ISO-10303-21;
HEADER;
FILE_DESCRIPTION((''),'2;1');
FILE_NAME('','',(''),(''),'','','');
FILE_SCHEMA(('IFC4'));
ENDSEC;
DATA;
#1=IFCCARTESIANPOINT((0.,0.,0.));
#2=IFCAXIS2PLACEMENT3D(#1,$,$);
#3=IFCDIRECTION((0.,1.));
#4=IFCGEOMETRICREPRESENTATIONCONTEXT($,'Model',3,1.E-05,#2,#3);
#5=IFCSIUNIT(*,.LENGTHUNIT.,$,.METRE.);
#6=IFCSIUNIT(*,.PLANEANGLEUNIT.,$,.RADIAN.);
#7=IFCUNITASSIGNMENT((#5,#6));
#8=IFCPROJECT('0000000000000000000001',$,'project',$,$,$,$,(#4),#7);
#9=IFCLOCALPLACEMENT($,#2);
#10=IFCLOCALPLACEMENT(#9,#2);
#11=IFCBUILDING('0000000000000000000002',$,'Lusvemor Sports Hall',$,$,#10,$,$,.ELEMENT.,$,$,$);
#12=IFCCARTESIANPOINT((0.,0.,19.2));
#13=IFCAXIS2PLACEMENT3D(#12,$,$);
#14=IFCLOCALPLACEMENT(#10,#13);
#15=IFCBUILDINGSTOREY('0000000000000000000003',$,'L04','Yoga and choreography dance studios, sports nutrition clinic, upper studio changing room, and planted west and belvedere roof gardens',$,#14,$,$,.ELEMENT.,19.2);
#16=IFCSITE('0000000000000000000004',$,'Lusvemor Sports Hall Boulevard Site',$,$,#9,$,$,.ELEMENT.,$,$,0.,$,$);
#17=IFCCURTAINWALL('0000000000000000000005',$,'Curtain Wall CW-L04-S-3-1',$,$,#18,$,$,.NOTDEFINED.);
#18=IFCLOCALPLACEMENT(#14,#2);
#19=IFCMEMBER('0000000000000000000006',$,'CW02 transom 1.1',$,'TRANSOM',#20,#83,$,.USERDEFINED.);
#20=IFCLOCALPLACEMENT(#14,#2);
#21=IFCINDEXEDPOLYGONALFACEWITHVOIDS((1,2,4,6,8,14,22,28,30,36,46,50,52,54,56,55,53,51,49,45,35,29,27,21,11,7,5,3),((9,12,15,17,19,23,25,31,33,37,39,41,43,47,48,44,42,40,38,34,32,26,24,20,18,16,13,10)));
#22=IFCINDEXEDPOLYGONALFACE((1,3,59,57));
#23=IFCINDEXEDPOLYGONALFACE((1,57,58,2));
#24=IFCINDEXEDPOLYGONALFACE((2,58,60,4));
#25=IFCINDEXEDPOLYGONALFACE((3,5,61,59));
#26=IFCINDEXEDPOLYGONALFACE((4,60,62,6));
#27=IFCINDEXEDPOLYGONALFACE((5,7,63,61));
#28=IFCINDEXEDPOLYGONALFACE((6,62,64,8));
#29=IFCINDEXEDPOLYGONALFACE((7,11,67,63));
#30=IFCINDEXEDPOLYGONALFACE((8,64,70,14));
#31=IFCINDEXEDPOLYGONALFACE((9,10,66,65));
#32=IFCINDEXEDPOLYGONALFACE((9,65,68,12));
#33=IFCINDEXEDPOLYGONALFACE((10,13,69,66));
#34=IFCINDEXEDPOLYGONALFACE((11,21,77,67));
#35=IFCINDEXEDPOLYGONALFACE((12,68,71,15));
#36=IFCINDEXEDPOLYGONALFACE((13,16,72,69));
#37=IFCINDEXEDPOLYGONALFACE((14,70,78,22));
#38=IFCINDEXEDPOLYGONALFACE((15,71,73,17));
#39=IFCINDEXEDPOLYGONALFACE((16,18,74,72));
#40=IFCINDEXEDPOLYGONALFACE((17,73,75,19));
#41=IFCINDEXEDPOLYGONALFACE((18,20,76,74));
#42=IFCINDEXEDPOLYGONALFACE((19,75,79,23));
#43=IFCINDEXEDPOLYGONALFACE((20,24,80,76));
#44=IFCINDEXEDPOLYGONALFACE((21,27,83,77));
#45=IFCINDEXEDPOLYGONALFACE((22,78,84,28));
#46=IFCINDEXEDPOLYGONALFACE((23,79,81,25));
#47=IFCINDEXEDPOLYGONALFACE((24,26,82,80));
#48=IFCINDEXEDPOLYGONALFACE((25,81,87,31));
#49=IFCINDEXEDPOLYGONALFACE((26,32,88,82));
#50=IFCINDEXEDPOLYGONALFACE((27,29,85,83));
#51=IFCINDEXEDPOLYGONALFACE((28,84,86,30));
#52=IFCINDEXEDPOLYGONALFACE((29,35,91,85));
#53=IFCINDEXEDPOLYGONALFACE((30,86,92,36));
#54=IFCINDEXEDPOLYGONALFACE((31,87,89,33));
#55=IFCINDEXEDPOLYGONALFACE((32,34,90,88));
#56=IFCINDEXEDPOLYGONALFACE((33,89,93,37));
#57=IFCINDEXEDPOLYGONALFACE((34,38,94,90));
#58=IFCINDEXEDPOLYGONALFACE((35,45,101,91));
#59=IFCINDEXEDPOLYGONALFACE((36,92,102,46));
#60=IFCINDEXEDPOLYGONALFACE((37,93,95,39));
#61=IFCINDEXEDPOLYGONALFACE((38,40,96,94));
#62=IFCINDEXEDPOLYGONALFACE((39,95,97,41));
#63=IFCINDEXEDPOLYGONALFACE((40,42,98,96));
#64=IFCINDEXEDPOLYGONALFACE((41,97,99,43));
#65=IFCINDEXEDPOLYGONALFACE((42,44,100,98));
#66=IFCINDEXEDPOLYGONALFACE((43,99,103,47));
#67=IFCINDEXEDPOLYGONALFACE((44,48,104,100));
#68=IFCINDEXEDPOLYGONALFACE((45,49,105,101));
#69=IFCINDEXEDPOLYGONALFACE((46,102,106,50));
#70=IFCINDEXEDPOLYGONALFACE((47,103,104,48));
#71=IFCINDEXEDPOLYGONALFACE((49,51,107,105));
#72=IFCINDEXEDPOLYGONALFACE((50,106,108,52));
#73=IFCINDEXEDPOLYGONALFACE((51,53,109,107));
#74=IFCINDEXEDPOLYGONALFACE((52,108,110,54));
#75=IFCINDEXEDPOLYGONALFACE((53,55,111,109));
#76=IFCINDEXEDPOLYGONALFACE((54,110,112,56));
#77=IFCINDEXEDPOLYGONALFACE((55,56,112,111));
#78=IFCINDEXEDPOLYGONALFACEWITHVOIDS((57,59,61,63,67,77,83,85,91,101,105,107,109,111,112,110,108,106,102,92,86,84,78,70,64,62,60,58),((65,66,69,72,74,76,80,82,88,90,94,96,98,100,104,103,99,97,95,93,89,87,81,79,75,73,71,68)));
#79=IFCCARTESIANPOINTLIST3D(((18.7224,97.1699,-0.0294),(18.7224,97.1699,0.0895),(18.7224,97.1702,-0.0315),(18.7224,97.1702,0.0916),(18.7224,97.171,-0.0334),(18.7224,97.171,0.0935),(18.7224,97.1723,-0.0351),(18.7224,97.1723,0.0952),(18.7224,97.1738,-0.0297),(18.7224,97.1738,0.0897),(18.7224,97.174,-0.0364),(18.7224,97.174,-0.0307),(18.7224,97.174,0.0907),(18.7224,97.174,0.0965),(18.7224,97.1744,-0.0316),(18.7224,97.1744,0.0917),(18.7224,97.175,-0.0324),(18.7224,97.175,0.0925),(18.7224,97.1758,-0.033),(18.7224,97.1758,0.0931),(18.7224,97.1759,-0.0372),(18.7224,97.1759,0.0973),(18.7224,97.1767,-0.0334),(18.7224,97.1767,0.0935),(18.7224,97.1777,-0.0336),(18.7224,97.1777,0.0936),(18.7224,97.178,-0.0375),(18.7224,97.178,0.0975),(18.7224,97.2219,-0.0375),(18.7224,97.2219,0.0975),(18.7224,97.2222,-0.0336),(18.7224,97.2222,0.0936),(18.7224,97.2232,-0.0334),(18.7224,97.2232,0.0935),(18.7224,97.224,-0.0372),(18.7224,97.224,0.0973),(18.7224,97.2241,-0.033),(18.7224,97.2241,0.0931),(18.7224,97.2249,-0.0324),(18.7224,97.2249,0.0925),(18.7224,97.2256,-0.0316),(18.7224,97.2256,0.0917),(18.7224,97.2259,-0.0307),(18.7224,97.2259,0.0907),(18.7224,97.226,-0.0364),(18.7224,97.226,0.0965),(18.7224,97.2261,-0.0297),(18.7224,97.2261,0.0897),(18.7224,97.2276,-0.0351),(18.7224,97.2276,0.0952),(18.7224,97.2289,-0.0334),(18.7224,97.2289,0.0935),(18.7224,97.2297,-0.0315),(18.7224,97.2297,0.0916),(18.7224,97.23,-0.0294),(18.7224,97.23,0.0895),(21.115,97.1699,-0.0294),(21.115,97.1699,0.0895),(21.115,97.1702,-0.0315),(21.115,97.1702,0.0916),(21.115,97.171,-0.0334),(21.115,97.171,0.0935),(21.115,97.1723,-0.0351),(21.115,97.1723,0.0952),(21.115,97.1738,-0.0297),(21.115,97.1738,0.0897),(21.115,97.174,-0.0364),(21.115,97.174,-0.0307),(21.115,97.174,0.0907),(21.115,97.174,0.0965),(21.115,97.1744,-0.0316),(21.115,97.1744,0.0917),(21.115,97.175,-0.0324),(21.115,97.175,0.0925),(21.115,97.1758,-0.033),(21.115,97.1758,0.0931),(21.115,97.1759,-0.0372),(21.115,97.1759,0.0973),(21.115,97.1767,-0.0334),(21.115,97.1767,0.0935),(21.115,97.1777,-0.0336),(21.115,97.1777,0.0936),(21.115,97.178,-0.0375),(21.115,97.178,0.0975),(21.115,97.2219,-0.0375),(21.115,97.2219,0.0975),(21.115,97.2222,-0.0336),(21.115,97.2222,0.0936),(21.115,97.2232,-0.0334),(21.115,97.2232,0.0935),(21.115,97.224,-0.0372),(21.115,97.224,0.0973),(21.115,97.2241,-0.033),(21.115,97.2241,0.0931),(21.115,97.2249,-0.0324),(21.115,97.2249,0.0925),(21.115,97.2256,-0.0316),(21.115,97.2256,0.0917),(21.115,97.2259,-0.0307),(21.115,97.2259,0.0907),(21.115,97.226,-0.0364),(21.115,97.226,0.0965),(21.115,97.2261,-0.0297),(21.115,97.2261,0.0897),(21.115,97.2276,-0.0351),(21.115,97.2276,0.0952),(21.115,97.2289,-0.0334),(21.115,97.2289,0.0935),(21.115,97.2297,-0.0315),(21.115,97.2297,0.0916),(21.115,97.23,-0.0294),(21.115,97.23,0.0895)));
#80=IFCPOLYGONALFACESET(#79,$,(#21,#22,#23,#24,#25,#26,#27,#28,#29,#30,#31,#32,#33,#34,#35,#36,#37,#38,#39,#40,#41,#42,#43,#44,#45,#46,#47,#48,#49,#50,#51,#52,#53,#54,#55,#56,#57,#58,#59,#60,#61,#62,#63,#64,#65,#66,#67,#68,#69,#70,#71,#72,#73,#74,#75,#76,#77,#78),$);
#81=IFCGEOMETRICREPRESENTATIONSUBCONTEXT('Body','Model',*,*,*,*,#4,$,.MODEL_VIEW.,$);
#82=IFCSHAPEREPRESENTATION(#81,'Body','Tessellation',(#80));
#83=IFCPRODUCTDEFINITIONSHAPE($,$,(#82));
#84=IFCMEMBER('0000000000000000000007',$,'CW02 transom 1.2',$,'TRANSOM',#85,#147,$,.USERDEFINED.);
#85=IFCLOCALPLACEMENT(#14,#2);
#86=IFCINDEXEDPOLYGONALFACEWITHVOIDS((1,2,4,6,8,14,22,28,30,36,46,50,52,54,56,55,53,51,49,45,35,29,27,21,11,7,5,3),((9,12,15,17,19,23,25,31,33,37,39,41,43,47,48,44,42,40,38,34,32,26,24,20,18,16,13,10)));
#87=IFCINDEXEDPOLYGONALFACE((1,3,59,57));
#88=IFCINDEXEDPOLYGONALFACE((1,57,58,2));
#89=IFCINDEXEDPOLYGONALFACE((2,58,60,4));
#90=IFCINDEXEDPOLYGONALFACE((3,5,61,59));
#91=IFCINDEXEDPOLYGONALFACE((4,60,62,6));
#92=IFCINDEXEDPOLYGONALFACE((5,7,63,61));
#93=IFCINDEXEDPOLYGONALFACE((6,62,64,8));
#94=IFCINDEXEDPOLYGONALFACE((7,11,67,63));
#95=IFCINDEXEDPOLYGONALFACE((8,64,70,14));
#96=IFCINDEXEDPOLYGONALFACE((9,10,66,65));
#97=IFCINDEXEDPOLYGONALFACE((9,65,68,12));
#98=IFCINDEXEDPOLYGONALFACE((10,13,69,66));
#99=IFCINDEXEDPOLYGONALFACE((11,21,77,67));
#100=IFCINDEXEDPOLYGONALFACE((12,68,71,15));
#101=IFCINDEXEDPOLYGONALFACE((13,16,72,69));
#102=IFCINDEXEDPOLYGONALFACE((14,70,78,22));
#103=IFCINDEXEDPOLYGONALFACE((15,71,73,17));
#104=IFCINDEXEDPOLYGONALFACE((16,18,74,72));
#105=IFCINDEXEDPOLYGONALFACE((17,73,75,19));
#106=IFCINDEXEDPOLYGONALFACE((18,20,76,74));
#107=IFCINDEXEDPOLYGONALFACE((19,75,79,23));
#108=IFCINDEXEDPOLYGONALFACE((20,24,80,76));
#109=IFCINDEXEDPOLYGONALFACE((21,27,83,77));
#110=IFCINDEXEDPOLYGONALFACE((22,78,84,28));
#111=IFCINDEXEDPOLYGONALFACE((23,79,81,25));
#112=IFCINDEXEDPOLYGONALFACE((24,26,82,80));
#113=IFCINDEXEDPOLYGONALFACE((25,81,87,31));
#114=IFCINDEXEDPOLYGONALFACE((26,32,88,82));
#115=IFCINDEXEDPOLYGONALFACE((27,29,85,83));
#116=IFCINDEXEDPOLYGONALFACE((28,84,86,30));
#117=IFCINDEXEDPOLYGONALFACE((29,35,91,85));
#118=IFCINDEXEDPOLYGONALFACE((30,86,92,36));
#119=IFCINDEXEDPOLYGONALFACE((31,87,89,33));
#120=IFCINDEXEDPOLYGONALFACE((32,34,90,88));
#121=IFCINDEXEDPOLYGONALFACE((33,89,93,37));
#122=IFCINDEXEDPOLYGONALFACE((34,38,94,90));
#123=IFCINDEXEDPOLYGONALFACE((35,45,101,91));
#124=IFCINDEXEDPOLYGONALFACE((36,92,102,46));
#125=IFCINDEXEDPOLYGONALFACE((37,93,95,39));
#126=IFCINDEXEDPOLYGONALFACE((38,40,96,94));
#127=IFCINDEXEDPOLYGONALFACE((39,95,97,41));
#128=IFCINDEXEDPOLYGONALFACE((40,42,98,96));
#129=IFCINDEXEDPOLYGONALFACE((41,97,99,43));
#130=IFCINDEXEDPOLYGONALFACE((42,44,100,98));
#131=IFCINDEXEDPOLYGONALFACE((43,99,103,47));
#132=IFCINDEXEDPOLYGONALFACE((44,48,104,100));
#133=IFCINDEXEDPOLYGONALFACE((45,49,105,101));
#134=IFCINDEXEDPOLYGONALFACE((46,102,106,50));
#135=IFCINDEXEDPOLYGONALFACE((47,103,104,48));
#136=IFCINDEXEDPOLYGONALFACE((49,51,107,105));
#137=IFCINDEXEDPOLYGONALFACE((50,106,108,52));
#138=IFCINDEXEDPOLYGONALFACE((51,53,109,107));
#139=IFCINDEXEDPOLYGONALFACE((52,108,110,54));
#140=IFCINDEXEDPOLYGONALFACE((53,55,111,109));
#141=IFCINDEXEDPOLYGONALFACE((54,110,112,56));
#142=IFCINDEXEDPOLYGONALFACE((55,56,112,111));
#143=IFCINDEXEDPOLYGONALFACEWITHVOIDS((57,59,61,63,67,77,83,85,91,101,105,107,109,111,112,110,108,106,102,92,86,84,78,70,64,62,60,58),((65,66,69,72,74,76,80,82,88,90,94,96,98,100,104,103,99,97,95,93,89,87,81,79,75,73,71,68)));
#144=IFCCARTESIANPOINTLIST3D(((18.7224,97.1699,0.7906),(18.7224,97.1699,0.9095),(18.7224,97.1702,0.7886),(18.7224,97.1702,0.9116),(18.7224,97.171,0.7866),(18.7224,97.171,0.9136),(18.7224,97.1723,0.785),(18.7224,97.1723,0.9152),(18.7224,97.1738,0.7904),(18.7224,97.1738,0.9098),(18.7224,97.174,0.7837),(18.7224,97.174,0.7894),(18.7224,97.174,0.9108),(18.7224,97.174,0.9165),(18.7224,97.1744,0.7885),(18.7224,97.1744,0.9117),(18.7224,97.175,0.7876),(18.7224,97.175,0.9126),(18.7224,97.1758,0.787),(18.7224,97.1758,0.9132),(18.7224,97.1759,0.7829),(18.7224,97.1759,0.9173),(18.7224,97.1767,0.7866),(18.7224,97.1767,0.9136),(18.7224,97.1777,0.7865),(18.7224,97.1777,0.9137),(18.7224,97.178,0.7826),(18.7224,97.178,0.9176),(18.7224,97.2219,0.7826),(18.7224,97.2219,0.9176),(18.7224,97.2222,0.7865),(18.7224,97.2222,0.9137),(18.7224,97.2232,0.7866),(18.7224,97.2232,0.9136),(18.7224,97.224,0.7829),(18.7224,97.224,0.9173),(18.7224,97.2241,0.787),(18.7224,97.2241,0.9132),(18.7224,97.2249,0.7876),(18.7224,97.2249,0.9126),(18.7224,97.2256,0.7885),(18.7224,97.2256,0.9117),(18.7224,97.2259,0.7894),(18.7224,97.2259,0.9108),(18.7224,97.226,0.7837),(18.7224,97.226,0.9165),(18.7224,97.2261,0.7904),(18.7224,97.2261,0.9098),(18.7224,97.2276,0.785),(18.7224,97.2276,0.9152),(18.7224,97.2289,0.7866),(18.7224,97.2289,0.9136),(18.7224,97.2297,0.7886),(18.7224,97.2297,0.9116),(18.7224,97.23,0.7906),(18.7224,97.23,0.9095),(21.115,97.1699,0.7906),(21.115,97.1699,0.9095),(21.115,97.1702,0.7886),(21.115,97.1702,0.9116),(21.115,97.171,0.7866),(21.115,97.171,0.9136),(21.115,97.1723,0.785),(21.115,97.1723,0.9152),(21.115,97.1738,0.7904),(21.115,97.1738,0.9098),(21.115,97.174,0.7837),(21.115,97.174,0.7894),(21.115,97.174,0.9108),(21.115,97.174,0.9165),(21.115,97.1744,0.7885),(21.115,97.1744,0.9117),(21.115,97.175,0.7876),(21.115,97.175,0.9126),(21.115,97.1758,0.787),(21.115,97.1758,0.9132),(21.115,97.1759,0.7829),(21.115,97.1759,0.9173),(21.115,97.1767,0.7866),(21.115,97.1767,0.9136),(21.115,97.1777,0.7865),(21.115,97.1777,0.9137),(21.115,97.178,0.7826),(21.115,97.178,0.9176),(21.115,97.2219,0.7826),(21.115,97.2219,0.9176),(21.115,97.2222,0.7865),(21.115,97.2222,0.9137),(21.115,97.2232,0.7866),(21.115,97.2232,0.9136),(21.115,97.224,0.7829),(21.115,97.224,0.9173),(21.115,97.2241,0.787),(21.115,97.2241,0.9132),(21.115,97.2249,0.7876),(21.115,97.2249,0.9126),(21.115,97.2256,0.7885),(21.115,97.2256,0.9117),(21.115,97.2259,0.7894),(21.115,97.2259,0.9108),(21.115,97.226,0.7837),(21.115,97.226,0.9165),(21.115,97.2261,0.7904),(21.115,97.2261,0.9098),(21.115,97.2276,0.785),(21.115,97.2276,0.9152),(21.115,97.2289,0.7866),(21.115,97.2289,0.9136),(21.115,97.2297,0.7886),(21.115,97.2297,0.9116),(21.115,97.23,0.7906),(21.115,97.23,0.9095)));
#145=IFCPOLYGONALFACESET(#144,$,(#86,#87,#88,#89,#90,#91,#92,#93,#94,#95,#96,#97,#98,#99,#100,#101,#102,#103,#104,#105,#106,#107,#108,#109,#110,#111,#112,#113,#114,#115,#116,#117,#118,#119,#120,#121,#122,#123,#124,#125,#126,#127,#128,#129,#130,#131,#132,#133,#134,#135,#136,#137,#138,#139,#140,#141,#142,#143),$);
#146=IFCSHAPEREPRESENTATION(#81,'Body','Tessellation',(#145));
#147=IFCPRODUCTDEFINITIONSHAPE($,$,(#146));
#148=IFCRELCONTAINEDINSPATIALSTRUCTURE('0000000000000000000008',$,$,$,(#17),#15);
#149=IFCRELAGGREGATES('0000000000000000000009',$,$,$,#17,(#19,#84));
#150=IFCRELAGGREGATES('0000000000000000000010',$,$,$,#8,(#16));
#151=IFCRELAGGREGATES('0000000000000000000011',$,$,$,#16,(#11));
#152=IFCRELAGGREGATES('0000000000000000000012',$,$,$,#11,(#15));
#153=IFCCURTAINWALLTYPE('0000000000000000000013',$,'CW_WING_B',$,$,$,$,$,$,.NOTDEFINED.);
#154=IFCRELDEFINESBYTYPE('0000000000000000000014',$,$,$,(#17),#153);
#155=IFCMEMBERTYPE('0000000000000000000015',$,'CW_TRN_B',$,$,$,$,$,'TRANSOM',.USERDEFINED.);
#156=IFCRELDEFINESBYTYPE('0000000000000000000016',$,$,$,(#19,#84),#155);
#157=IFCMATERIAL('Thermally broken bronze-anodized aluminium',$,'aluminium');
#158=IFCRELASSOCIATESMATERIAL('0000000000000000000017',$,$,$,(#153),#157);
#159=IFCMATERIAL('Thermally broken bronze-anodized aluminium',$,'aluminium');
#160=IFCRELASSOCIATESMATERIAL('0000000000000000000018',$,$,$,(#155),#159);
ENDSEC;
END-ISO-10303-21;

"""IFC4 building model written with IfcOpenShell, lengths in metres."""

from ifc_helpers import new_model, si_unit, direction, frame, origin, origin_2d, place, context, subcontext, project, spatial, hollow_rectangle, extrude, material, material_profile, profile_set, type_object, element, aggregate, save


model = new_model("IFC4")

# Units and contexts
model_context = context("Model", 3, precision=1e-05, world=origin(), true_north=direction((0.0, 1.0)))
body_context = subcontext(model_context, "Body", "Model", "MODEL_VIEW")
ifc_project = project(units=[si_unit("LENGTHUNIT", "METRE"), si_unit("PLANEANGLEUNIT", "RADIAN")], contexts=[model_context])

# Site, building, storey
site_placement = place(None, origin())
site = spatial("IfcSite", under=ifc_project, at=site_placement, Name="Lusvemor Sports Hall Boulevard Site", CompositionType="ELEMENT", RefElevation=0.0)
building_placement = place(site_placement, origin())
building = spatial("IfcBuilding", under=site, at=building_placement, Name="Lusvemor Sports Hall", CompositionType="ELEMENT")
storey_placement = place(building_placement, frame((0.0, 0.0, 19.2)))
storey = spatial("IfcBuildingStorey", under=building, at=storey_placement, Name="L04", Description="Yoga and choreography dance studios, sports nutrition clinic, upper studio changing room, and planted west and belvedere roof gardens", CompositionType="ELEMENT", Elevation=19.2)

# Curtain wall
ifc_material_1 = material(Name="Thermally broken bronze-anodized aluminium", Category="aluminium")
curtain_wall_type = type_object("IfcCurtainWallType", Name="CW_WING_B", PredefinedType="NOTDEFINED", material=ifc_material_1)
curtain_wall_1_placement = place(storey_placement, origin())
curtain_wall_1 = element("IfcCurtainWall", 1, at=curtain_wall_1_placement, inside=storey, type_object=curtain_wall_type, Name="Curtain Wall CW-L04-S-3-1", PredefinedType="NOTDEFINED")

# Members
ifc_material_2 = material(Name="Thermally broken bronze-anodized aluminium", Category="aluminium")
ifc_material_profile_1 = material_profile(ifc_material_2, hollow_rectangle(XDim=0.0601, YDim=0.135, WallThickness=0.0039, InnerFilletRadius=0.0039, OuterFilletRadius=0.0081, at=origin_2d()), Name="CWTRN135x60x4")
ifc_profile_set_1 = profile_set([ifc_material_profile_1], Name="Thermally broken bronze-anodized aluminium")
member_type_1 = type_object("IfcMemberType", Name="CW_TRN_B", ElementType="TRANSOM", PredefinedType="USERDEFINED", material=ifc_profile_set_1)
member_1_placement = place(storey_placement, frame((21.115, 97.2, 0.03), z_axis=(-1.0, 0.0, 0.0), x_axis=(0.0, -1.0, 0.0)))
member_1 = element("IfcMember", 2, at=member_1_placement, type_object=member_type_1, Name="CW02 transom 1.1", ObjectType="TRANSOM", PredefinedType="USERDEFINED", context=body_context, shape_type="SweptSolid", body=[
    extrude(hollow_rectangle(XDim=0.0601, YDim=0.135, WallThickness=0.0039, InnerFilletRadius=0.0039, OuterFilletRadius=0.0081, at=origin_2d()), origin(), (0.0, 0.0, 1.0), 2.3926),
])
member_2_placement = place(storey_placement, frame((21.115, 97.2, 0.8501), z_axis=(-1.0, 0.0, 0.0), x_axis=(0.0, -1.0, 0.0)))
member_2 = element("IfcMember", 3, at=member_2_placement, type_object=member_type_1, Name="CW02 transom 1.2", ObjectType="TRANSOM", PredefinedType="USERDEFINED", context=body_context, shape_type="SweptSolid", body=[
    extrude(hollow_rectangle(XDim=0.0601, YDim=0.135, WallThickness=0.0039, InnerFilletRadius=0.0039, OuterFilletRadius=0.0081, at=origin_2d()), origin(), (0.0, 0.0, 1.0), 2.3926),
])

aggregate(curtain_wall_1, [member_1, member_2])

save(model, "model.ifc")
